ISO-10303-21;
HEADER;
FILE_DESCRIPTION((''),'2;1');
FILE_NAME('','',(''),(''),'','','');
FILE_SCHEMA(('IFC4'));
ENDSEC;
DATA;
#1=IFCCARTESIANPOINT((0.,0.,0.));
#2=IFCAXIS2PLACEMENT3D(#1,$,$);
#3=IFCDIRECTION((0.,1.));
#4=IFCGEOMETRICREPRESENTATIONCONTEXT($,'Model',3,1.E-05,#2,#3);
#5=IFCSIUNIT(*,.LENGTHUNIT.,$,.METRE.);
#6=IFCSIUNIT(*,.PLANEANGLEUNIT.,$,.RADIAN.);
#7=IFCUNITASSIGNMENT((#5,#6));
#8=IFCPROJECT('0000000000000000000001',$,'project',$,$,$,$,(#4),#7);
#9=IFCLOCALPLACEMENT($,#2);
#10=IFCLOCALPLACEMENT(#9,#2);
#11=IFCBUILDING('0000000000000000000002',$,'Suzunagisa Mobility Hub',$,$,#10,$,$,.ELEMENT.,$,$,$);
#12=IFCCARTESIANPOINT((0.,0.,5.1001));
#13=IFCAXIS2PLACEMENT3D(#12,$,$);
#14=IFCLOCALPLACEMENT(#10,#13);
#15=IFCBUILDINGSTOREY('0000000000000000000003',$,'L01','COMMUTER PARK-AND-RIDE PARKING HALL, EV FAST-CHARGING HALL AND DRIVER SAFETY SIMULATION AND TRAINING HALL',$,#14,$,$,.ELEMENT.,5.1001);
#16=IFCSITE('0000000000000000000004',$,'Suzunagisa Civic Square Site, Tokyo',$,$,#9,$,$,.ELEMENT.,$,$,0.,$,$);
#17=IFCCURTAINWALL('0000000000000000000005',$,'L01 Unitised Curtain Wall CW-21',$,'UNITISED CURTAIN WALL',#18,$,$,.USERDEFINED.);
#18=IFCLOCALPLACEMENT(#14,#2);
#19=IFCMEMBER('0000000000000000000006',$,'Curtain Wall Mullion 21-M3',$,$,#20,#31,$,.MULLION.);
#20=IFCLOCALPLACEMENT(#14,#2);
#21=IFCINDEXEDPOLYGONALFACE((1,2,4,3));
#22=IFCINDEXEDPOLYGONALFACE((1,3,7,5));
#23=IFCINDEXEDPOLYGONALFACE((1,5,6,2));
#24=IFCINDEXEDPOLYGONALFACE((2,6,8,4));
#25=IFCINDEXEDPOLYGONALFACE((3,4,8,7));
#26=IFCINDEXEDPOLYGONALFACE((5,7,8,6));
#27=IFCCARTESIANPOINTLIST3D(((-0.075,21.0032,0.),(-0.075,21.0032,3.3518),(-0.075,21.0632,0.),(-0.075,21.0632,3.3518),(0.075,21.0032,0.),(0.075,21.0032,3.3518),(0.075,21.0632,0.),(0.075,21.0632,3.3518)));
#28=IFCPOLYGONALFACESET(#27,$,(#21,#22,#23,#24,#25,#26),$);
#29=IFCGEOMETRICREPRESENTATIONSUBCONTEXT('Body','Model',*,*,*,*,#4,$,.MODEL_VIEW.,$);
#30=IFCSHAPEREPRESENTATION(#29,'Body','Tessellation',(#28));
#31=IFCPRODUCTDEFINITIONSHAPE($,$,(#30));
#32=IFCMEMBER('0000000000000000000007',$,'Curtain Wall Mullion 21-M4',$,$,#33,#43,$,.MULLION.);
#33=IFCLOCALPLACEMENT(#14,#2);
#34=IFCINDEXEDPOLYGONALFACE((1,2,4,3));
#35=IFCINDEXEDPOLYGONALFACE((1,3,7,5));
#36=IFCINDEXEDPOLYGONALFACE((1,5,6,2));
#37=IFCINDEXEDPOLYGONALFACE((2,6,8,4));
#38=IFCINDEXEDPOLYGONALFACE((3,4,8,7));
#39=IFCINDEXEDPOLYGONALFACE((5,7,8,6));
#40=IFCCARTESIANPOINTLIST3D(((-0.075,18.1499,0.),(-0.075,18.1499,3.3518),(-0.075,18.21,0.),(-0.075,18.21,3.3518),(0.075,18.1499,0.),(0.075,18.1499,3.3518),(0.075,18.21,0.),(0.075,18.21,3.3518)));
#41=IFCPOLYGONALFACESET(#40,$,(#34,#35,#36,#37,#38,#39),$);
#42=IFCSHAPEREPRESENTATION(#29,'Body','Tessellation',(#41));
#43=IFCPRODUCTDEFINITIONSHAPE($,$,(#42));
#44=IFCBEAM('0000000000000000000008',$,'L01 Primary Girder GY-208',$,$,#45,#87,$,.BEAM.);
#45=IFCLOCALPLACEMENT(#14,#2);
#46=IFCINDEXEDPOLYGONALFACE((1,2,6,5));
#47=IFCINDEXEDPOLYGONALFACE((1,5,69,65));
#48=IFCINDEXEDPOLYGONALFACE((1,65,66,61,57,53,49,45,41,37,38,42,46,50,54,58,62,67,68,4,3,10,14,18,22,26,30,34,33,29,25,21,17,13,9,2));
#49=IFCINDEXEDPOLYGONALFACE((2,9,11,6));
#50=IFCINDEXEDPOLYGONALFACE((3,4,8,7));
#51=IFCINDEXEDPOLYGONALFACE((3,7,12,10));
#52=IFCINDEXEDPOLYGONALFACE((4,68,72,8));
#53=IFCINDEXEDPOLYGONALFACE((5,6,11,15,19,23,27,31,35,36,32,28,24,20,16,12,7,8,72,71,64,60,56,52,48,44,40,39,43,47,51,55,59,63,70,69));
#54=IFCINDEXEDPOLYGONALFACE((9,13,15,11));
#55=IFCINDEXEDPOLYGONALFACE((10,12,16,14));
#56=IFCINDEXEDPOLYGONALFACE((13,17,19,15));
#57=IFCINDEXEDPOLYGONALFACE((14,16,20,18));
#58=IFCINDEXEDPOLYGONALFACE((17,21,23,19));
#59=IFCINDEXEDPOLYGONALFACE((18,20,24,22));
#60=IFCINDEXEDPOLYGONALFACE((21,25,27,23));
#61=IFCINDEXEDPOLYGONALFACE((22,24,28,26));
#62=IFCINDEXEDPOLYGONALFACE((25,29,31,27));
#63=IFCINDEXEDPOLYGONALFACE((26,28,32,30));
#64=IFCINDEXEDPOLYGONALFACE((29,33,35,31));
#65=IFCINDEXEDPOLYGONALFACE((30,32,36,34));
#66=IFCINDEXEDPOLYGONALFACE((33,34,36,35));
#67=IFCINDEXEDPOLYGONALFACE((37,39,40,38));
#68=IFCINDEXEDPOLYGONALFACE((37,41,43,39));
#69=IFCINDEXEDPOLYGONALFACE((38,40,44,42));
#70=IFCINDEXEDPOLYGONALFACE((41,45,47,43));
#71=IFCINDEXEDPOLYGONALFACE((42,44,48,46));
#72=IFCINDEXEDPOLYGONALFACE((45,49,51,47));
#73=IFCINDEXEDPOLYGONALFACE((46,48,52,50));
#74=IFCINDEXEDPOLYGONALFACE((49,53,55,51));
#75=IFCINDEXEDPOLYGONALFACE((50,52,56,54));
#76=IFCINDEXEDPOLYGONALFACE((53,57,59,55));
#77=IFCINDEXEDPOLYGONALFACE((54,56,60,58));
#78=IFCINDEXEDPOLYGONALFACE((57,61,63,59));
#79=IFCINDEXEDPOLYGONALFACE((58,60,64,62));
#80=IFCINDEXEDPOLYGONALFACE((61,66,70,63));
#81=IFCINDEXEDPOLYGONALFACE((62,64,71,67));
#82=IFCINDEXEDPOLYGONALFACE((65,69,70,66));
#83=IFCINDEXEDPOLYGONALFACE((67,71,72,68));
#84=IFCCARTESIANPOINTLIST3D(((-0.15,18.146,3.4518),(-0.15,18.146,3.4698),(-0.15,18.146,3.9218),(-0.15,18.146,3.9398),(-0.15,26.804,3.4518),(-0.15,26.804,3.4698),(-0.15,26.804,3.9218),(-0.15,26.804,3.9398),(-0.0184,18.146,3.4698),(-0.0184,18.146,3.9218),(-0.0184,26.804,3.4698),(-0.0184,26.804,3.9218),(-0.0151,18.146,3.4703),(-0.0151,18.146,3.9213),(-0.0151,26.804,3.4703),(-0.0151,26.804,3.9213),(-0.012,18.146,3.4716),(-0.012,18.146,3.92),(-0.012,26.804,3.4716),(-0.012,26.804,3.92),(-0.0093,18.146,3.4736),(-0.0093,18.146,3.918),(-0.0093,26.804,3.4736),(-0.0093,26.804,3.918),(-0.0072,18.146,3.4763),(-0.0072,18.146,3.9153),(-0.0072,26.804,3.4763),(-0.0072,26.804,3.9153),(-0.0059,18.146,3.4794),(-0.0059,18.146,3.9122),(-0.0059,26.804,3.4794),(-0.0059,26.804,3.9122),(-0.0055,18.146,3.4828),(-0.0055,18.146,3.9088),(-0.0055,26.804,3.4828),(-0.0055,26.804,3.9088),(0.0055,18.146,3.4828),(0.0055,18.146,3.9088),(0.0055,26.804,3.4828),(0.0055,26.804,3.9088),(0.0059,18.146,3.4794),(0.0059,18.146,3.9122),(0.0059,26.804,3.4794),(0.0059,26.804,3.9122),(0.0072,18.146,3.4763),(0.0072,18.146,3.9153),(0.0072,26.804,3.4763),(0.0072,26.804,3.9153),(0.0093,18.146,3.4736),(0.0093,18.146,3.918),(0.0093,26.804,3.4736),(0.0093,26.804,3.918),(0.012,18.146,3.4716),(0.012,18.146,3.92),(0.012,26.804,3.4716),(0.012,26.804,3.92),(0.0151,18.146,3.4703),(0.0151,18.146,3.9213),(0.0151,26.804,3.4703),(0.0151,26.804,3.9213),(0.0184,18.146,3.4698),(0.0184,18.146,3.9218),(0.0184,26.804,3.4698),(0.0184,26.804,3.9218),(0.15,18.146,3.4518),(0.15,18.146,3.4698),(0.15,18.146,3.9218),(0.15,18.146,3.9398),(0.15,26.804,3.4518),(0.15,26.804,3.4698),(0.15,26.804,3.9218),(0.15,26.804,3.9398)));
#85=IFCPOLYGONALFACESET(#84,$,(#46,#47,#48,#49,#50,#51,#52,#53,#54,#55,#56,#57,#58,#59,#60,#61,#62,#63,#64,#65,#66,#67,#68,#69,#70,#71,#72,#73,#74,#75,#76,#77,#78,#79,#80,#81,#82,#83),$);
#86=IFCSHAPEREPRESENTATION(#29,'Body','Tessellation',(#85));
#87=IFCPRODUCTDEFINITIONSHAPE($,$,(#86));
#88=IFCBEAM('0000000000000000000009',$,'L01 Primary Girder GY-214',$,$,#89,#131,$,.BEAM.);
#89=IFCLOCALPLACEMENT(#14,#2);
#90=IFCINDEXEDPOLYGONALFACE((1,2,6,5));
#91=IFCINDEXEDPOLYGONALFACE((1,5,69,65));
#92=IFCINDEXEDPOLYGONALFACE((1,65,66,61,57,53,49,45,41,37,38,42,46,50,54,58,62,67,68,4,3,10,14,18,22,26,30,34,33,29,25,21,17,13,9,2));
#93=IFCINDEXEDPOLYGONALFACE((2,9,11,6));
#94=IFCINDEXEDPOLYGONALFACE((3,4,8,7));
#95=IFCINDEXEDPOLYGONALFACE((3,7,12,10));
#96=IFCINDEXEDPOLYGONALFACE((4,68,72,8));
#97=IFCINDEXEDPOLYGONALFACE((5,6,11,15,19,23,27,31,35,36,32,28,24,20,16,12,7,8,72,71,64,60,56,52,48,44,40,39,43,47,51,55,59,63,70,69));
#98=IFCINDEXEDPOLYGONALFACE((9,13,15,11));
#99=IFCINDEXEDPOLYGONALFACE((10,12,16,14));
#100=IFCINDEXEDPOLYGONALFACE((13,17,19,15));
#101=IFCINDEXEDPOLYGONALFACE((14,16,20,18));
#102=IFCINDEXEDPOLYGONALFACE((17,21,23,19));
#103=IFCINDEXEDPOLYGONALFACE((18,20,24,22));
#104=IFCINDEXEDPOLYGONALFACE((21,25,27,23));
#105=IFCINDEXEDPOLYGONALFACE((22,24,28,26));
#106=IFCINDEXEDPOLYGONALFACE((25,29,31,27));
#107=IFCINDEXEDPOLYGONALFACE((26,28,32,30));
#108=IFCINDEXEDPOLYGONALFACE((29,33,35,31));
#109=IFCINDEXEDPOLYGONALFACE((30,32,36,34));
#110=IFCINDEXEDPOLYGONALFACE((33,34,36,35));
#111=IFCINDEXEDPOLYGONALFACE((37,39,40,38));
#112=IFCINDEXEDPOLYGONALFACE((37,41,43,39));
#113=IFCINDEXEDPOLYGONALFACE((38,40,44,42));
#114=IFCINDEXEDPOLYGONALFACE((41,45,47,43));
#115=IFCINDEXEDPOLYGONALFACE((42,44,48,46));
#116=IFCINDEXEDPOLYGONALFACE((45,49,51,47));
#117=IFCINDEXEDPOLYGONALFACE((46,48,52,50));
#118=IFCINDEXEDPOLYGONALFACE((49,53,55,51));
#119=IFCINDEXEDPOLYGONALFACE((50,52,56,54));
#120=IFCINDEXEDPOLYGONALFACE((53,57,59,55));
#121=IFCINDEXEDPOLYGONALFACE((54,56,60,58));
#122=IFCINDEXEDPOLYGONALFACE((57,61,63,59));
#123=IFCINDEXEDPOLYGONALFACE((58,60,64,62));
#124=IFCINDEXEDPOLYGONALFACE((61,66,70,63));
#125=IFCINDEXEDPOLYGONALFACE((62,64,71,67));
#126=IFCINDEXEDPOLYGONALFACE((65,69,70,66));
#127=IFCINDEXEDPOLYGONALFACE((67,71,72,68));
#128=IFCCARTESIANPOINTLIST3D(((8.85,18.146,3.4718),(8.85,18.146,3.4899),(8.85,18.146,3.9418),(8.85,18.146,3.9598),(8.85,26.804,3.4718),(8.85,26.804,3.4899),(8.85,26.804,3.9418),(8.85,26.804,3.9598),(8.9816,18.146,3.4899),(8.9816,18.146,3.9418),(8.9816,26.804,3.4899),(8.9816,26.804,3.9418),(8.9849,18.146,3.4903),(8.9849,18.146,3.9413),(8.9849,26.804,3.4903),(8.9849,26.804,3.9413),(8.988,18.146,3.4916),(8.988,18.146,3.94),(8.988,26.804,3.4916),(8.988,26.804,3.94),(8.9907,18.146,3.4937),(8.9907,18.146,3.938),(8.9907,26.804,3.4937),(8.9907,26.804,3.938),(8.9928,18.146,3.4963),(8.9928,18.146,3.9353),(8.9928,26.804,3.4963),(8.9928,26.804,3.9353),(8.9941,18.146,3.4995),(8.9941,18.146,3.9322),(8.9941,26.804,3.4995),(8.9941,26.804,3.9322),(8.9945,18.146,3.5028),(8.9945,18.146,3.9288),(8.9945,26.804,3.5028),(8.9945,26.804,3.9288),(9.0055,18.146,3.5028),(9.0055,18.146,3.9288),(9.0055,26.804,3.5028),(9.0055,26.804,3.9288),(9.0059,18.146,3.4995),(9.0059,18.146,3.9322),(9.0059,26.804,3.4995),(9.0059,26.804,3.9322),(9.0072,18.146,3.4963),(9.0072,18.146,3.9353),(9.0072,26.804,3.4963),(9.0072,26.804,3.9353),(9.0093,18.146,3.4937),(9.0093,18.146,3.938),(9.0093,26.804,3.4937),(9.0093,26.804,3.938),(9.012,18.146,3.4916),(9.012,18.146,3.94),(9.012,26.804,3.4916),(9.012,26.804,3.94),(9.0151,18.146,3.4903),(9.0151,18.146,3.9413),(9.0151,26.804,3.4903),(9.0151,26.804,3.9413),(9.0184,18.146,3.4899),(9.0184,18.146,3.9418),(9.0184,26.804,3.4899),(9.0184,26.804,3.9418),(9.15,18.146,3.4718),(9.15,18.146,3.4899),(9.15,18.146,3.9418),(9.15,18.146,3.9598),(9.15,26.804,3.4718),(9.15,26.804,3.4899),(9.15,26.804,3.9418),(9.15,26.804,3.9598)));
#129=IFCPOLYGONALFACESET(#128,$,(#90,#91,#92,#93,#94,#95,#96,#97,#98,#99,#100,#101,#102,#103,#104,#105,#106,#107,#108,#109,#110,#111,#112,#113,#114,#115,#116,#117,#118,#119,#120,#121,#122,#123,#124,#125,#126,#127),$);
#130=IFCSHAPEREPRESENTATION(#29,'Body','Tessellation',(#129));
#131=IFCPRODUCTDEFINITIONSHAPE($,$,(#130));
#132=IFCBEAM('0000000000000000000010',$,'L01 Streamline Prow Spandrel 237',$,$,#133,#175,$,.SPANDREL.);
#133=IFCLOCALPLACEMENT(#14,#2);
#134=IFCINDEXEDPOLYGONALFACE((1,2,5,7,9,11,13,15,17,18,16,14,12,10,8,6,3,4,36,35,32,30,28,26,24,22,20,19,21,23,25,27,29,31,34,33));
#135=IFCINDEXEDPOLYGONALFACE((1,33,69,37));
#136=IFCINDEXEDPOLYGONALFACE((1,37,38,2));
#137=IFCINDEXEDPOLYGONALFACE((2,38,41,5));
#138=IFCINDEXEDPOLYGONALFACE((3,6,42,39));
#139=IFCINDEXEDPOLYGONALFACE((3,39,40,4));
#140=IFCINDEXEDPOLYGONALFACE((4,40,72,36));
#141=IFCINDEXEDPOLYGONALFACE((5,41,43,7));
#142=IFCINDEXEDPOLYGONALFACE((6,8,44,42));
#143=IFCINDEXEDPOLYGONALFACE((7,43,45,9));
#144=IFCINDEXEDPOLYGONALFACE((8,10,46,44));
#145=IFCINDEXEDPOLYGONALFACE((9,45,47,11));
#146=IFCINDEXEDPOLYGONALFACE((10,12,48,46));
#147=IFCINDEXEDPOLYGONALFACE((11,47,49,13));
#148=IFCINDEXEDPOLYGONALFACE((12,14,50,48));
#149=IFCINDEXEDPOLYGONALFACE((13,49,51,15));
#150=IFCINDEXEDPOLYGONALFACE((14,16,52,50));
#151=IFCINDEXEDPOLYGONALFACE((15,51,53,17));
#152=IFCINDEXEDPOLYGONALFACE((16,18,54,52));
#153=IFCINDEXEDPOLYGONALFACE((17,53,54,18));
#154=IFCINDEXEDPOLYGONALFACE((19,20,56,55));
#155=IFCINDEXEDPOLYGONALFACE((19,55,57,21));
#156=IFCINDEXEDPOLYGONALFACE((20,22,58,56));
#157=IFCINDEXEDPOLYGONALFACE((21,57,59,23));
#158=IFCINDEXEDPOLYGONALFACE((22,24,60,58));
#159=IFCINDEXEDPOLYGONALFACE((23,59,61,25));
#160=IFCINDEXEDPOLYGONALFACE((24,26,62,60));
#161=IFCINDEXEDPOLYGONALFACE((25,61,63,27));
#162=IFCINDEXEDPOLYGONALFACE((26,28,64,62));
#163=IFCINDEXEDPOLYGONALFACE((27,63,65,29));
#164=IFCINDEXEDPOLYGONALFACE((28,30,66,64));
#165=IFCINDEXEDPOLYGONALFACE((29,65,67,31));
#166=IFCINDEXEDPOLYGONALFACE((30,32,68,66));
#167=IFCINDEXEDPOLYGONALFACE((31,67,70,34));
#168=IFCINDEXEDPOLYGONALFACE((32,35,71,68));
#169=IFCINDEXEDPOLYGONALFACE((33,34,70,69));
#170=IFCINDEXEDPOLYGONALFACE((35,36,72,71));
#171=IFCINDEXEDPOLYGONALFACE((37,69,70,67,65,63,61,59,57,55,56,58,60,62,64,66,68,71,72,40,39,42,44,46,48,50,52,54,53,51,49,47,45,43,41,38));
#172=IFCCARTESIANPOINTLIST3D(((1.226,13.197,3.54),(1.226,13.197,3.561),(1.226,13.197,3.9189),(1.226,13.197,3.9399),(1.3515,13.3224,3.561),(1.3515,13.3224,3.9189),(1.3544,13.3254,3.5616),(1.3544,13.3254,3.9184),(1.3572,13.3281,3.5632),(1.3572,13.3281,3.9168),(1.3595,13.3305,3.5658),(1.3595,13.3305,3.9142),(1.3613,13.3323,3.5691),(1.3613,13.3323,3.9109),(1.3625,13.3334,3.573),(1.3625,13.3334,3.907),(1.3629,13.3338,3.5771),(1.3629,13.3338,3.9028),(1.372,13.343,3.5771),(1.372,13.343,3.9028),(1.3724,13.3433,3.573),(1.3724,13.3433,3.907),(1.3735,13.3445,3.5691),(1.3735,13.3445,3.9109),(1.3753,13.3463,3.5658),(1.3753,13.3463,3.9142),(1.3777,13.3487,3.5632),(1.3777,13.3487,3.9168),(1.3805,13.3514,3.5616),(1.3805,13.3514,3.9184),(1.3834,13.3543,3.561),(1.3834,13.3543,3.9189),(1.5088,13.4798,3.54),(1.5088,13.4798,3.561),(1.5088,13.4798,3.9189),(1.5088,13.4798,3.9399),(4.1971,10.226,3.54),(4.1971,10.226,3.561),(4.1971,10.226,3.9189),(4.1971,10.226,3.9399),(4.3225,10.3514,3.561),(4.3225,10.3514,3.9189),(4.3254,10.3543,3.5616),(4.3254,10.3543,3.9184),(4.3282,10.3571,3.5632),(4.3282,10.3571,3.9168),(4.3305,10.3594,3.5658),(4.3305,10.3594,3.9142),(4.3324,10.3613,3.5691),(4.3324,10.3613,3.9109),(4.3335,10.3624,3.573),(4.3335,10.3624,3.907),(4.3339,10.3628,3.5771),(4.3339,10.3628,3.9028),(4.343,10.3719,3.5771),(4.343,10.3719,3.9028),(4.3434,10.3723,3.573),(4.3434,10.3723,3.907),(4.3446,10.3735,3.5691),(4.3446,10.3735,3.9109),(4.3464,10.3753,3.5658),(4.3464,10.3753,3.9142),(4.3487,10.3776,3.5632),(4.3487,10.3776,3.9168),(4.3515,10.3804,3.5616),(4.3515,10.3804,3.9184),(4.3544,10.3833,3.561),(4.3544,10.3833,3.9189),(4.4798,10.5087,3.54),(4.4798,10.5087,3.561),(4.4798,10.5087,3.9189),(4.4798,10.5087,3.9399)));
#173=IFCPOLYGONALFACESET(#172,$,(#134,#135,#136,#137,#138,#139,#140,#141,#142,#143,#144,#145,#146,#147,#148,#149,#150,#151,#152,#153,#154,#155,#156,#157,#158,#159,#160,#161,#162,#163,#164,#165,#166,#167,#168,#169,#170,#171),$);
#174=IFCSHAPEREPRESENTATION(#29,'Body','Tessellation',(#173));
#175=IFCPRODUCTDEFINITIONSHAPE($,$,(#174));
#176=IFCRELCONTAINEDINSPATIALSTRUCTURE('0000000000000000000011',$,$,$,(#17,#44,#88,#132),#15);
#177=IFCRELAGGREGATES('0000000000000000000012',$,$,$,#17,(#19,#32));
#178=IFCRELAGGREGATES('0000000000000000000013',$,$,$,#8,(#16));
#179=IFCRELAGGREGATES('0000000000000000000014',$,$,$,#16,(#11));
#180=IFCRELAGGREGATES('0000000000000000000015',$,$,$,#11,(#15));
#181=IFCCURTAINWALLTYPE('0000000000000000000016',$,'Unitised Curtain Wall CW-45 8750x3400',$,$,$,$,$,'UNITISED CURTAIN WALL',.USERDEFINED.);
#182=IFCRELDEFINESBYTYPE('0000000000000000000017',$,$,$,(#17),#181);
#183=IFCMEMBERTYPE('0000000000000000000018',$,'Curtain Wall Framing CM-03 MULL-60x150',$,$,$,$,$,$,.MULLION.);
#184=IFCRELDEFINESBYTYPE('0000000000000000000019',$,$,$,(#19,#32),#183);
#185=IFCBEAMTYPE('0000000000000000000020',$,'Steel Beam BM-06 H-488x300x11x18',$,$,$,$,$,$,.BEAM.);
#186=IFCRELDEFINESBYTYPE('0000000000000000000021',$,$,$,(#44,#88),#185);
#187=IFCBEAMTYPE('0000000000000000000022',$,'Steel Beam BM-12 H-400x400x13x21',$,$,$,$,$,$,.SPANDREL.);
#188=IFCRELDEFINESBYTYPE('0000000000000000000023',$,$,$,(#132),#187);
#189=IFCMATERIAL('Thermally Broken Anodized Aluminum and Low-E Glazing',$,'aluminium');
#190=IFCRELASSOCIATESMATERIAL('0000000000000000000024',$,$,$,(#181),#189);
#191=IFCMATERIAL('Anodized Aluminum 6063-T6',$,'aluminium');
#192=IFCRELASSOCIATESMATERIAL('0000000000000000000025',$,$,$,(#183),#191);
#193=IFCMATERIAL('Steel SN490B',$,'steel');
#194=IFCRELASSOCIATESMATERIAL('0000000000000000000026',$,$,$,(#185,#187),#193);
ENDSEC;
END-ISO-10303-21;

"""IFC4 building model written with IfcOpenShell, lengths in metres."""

from ifc_helpers import new_model, si_unit, direction, frame, origin, origin_2d, place, context, subcontext, project, spatial, rectangle, i_section, extrude, material, material_profile, profile_set, type_object, element, aggregate, save


model = new_model("IFC4")

# Units and contexts
model_context = context("Model", 3, precision=1e-05, world=origin(), true_north=direction((0.0, 1.0)))
body_context = subcontext(model_context, "Body", "Model", "MODEL_VIEW")
ifc_project = project(units=[si_unit("LENGTHUNIT", "METRE"), si_unit("PLANEANGLEUNIT", "RADIAN")], contexts=[model_context])

# Site, building, storey
site_placement = place(None, origin())
site = spatial("IfcSite", under=ifc_project, at=site_placement, Name="Suzunagisa Civic Square Site, Tokyo", CompositionType="ELEMENT", RefElevation=0.0)
building_placement = place(site_placement, origin())
building = spatial("IfcBuilding", under=site, at=building_placement, Name="Suzunagisa Mobility Hub", CompositionType="ELEMENT")
storey_placement = place(building_placement, frame((0.0, 0.0, 5.1001)))
storey = spatial("IfcBuildingStorey", under=building, at=storey_placement, Name="L01", Description="COMMUTER PARK-AND-RIDE PARKING HALL, EV FAST-CHARGING HALL AND DRIVER SAFETY SIMULATION AND TRAINING HALL", CompositionType="ELEMENT", Elevation=5.1001)

# Shared definitions
ifc_material_1 = material(Name="Steel SN490B", Category="steel")

# Curtain wall, members
ifc_material_2 = material(Name="Thermally Broken Anodized Aluminum and Low-E Glazing", Category="aluminium")
curtain_wall_type = type_object("IfcCurtainWallType", Name="Unitised Curtain Wall CW-45 8750x3400", ElementType="UNITISED CURTAIN WALL", PredefinedType="USERDEFINED", material=ifc_material_2)
curtain_wall_placement = place(storey_placement, origin())
curtain_wall = element("IfcCurtainWall", 1, at=curtain_wall_placement, inside=storey, type_object=curtain_wall_type, Name="L01 Unitised Curtain Wall CW-21", ObjectType="UNITISED CURTAIN WALL", PredefinedType="USERDEFINED")
ifc_material_3 = material(Name="Anodized Aluminum 6063-T6", Category="aluminium")
ifc_material_profile_1 = material_profile(ifc_material_3, rectangle(XDim=0.0601, YDim=0.1499, at=origin_2d()), Name="MULL-60x150")
ifc_profile_set_1 = profile_set([ifc_material_profile_1], Name="Anodized Aluminum 6063-T6")
member_type_1 = type_object("IfcMemberType", Name="Curtain Wall Framing CM-03 MULL-60x150", PredefinedType="MULLION", material=ifc_profile_set_1)
member_1_placement = place(storey_placement, frame((0.0, 21.0332, 0.0), z_axis=(0.0, 0.0, 1.0), x_axis=(0.0, -1.0, 0.0)))
member_1 = element("IfcMember", 2, at=member_1_placement, type_object=member_type_1, Name="Curtain Wall Mullion 21-M3", PredefinedType="MULLION", context=body_context, shape_type="SweptSolid", body=[
    extrude(rectangle(XDim=0.0601, YDim=0.1499, at=origin_2d()), origin(), (0.0, 0.0, 1.0), 3.3518),
])
member_2_placement = place(storey_placement, frame((0.0, 18.1799, 0.0), z_axis=(0.0, 0.0, 1.0), x_axis=(0.0, -1.0, 0.0)))
member_2 = element("IfcMember", 3, at=member_2_placement, type_object=member_type_1, Name="Curtain Wall Mullion 21-M4", PredefinedType="MULLION", context=body_context, shape_type="SweptSolid", body=[
    extrude(rectangle(XDim=0.0601, YDim=0.1499, at=origin_2d()), origin(), (0.0, 0.0, 1.0), 3.3518),
])

# Beams
ifc_material_profile_2 = material_profile(ifc_material_1, i_section(OverallWidth=0.3, OverallDepth=0.488, WebThickness=0.011, FlangeThickness=0.0181, FilletRadius=0.0129, at=origin_2d()), Name="H-488x300x11x18")
ifc_profile_set_2 = profile_set([ifc_material_profile_2], Name="Steel SN490B")
beam_type_1 = type_object("IfcBeamType", Name="Steel Beam BM-06 H-488x300x11x18", PredefinedType="BEAM", material=ifc_profile_set_2)
for number, where, z_axis, x_axis, name in (
    (4, (0.0, 18.146, 3.6958), (0.0, 1.0, 0.0), (-1.0, 0.0, 0.0), "L01 Primary Girder GY-208"),
    (5, (9.0, 18.146, 3.7158), (0.0, 1.0, 0.0), (-1.0, 0.0, 0.0), "L01 Primary Girder GY-214"),
):
    element("IfcBeam", number, at=place(storey_placement, frame(where, z_axis=z_axis, x_axis=x_axis)), inside=storey, type_object=beam_type_1, Name=name, PredefinedType="BEAM", context=body_context, shape_type="SweptSolid", body=[
        extrude(i_section(OverallWidth=0.3, OverallDepth=0.488, WebThickness=0.011, FlangeThickness=0.0181, FilletRadius=0.0129, at=origin_2d()), origin(), (0.0, 0.0, 1.0), 8.658),
    ])
ifc_material_profile_3 = material_profile(ifc_material_1, i_section(OverallWidth=0.3999, OverallDepth=0.3999, WebThickness=0.0129, FlangeThickness=0.021, FilletRadius=0.0161, at=origin_2d()), Name="H-400x400x13x21")
ifc_profile_set_3 = profile_set([ifc_material_profile_3], Name="Steel SN490B")
beam_type_2 = type_object("IfcBeamType", Name="Steel Beam BM-12 H-400x400x13x21", PredefinedType="SPANDREL", material=ifc_profile_set_3)
beam_1_placement = place(storey_placement, frame((1.3674, 13.3384, 3.74), z_axis=(0.707107, -0.707107, 0.0), x_axis=(0.707107, 0.707107, 0.0)))
element("IfcBeam", 6, at=beam_1_placement, inside=storey, type_object=beam_type_2, Name="L01 Streamline Prow Spandrel 237", PredefinedType="SPANDREL", context=body_context, shape_type="SweptSolid", body=[
    extrude(i_section(OverallWidth=0.3999, OverallDepth=0.3999, WebThickness=0.0129, FlangeThickness=0.021, FilletRadius=0.0161, at=origin_2d()), origin(), (0.0, 0.0, 1.0), 4.2017),
])

aggregate(curtain_wall, [member_1, member_2])

save(model, "model.ifc")
